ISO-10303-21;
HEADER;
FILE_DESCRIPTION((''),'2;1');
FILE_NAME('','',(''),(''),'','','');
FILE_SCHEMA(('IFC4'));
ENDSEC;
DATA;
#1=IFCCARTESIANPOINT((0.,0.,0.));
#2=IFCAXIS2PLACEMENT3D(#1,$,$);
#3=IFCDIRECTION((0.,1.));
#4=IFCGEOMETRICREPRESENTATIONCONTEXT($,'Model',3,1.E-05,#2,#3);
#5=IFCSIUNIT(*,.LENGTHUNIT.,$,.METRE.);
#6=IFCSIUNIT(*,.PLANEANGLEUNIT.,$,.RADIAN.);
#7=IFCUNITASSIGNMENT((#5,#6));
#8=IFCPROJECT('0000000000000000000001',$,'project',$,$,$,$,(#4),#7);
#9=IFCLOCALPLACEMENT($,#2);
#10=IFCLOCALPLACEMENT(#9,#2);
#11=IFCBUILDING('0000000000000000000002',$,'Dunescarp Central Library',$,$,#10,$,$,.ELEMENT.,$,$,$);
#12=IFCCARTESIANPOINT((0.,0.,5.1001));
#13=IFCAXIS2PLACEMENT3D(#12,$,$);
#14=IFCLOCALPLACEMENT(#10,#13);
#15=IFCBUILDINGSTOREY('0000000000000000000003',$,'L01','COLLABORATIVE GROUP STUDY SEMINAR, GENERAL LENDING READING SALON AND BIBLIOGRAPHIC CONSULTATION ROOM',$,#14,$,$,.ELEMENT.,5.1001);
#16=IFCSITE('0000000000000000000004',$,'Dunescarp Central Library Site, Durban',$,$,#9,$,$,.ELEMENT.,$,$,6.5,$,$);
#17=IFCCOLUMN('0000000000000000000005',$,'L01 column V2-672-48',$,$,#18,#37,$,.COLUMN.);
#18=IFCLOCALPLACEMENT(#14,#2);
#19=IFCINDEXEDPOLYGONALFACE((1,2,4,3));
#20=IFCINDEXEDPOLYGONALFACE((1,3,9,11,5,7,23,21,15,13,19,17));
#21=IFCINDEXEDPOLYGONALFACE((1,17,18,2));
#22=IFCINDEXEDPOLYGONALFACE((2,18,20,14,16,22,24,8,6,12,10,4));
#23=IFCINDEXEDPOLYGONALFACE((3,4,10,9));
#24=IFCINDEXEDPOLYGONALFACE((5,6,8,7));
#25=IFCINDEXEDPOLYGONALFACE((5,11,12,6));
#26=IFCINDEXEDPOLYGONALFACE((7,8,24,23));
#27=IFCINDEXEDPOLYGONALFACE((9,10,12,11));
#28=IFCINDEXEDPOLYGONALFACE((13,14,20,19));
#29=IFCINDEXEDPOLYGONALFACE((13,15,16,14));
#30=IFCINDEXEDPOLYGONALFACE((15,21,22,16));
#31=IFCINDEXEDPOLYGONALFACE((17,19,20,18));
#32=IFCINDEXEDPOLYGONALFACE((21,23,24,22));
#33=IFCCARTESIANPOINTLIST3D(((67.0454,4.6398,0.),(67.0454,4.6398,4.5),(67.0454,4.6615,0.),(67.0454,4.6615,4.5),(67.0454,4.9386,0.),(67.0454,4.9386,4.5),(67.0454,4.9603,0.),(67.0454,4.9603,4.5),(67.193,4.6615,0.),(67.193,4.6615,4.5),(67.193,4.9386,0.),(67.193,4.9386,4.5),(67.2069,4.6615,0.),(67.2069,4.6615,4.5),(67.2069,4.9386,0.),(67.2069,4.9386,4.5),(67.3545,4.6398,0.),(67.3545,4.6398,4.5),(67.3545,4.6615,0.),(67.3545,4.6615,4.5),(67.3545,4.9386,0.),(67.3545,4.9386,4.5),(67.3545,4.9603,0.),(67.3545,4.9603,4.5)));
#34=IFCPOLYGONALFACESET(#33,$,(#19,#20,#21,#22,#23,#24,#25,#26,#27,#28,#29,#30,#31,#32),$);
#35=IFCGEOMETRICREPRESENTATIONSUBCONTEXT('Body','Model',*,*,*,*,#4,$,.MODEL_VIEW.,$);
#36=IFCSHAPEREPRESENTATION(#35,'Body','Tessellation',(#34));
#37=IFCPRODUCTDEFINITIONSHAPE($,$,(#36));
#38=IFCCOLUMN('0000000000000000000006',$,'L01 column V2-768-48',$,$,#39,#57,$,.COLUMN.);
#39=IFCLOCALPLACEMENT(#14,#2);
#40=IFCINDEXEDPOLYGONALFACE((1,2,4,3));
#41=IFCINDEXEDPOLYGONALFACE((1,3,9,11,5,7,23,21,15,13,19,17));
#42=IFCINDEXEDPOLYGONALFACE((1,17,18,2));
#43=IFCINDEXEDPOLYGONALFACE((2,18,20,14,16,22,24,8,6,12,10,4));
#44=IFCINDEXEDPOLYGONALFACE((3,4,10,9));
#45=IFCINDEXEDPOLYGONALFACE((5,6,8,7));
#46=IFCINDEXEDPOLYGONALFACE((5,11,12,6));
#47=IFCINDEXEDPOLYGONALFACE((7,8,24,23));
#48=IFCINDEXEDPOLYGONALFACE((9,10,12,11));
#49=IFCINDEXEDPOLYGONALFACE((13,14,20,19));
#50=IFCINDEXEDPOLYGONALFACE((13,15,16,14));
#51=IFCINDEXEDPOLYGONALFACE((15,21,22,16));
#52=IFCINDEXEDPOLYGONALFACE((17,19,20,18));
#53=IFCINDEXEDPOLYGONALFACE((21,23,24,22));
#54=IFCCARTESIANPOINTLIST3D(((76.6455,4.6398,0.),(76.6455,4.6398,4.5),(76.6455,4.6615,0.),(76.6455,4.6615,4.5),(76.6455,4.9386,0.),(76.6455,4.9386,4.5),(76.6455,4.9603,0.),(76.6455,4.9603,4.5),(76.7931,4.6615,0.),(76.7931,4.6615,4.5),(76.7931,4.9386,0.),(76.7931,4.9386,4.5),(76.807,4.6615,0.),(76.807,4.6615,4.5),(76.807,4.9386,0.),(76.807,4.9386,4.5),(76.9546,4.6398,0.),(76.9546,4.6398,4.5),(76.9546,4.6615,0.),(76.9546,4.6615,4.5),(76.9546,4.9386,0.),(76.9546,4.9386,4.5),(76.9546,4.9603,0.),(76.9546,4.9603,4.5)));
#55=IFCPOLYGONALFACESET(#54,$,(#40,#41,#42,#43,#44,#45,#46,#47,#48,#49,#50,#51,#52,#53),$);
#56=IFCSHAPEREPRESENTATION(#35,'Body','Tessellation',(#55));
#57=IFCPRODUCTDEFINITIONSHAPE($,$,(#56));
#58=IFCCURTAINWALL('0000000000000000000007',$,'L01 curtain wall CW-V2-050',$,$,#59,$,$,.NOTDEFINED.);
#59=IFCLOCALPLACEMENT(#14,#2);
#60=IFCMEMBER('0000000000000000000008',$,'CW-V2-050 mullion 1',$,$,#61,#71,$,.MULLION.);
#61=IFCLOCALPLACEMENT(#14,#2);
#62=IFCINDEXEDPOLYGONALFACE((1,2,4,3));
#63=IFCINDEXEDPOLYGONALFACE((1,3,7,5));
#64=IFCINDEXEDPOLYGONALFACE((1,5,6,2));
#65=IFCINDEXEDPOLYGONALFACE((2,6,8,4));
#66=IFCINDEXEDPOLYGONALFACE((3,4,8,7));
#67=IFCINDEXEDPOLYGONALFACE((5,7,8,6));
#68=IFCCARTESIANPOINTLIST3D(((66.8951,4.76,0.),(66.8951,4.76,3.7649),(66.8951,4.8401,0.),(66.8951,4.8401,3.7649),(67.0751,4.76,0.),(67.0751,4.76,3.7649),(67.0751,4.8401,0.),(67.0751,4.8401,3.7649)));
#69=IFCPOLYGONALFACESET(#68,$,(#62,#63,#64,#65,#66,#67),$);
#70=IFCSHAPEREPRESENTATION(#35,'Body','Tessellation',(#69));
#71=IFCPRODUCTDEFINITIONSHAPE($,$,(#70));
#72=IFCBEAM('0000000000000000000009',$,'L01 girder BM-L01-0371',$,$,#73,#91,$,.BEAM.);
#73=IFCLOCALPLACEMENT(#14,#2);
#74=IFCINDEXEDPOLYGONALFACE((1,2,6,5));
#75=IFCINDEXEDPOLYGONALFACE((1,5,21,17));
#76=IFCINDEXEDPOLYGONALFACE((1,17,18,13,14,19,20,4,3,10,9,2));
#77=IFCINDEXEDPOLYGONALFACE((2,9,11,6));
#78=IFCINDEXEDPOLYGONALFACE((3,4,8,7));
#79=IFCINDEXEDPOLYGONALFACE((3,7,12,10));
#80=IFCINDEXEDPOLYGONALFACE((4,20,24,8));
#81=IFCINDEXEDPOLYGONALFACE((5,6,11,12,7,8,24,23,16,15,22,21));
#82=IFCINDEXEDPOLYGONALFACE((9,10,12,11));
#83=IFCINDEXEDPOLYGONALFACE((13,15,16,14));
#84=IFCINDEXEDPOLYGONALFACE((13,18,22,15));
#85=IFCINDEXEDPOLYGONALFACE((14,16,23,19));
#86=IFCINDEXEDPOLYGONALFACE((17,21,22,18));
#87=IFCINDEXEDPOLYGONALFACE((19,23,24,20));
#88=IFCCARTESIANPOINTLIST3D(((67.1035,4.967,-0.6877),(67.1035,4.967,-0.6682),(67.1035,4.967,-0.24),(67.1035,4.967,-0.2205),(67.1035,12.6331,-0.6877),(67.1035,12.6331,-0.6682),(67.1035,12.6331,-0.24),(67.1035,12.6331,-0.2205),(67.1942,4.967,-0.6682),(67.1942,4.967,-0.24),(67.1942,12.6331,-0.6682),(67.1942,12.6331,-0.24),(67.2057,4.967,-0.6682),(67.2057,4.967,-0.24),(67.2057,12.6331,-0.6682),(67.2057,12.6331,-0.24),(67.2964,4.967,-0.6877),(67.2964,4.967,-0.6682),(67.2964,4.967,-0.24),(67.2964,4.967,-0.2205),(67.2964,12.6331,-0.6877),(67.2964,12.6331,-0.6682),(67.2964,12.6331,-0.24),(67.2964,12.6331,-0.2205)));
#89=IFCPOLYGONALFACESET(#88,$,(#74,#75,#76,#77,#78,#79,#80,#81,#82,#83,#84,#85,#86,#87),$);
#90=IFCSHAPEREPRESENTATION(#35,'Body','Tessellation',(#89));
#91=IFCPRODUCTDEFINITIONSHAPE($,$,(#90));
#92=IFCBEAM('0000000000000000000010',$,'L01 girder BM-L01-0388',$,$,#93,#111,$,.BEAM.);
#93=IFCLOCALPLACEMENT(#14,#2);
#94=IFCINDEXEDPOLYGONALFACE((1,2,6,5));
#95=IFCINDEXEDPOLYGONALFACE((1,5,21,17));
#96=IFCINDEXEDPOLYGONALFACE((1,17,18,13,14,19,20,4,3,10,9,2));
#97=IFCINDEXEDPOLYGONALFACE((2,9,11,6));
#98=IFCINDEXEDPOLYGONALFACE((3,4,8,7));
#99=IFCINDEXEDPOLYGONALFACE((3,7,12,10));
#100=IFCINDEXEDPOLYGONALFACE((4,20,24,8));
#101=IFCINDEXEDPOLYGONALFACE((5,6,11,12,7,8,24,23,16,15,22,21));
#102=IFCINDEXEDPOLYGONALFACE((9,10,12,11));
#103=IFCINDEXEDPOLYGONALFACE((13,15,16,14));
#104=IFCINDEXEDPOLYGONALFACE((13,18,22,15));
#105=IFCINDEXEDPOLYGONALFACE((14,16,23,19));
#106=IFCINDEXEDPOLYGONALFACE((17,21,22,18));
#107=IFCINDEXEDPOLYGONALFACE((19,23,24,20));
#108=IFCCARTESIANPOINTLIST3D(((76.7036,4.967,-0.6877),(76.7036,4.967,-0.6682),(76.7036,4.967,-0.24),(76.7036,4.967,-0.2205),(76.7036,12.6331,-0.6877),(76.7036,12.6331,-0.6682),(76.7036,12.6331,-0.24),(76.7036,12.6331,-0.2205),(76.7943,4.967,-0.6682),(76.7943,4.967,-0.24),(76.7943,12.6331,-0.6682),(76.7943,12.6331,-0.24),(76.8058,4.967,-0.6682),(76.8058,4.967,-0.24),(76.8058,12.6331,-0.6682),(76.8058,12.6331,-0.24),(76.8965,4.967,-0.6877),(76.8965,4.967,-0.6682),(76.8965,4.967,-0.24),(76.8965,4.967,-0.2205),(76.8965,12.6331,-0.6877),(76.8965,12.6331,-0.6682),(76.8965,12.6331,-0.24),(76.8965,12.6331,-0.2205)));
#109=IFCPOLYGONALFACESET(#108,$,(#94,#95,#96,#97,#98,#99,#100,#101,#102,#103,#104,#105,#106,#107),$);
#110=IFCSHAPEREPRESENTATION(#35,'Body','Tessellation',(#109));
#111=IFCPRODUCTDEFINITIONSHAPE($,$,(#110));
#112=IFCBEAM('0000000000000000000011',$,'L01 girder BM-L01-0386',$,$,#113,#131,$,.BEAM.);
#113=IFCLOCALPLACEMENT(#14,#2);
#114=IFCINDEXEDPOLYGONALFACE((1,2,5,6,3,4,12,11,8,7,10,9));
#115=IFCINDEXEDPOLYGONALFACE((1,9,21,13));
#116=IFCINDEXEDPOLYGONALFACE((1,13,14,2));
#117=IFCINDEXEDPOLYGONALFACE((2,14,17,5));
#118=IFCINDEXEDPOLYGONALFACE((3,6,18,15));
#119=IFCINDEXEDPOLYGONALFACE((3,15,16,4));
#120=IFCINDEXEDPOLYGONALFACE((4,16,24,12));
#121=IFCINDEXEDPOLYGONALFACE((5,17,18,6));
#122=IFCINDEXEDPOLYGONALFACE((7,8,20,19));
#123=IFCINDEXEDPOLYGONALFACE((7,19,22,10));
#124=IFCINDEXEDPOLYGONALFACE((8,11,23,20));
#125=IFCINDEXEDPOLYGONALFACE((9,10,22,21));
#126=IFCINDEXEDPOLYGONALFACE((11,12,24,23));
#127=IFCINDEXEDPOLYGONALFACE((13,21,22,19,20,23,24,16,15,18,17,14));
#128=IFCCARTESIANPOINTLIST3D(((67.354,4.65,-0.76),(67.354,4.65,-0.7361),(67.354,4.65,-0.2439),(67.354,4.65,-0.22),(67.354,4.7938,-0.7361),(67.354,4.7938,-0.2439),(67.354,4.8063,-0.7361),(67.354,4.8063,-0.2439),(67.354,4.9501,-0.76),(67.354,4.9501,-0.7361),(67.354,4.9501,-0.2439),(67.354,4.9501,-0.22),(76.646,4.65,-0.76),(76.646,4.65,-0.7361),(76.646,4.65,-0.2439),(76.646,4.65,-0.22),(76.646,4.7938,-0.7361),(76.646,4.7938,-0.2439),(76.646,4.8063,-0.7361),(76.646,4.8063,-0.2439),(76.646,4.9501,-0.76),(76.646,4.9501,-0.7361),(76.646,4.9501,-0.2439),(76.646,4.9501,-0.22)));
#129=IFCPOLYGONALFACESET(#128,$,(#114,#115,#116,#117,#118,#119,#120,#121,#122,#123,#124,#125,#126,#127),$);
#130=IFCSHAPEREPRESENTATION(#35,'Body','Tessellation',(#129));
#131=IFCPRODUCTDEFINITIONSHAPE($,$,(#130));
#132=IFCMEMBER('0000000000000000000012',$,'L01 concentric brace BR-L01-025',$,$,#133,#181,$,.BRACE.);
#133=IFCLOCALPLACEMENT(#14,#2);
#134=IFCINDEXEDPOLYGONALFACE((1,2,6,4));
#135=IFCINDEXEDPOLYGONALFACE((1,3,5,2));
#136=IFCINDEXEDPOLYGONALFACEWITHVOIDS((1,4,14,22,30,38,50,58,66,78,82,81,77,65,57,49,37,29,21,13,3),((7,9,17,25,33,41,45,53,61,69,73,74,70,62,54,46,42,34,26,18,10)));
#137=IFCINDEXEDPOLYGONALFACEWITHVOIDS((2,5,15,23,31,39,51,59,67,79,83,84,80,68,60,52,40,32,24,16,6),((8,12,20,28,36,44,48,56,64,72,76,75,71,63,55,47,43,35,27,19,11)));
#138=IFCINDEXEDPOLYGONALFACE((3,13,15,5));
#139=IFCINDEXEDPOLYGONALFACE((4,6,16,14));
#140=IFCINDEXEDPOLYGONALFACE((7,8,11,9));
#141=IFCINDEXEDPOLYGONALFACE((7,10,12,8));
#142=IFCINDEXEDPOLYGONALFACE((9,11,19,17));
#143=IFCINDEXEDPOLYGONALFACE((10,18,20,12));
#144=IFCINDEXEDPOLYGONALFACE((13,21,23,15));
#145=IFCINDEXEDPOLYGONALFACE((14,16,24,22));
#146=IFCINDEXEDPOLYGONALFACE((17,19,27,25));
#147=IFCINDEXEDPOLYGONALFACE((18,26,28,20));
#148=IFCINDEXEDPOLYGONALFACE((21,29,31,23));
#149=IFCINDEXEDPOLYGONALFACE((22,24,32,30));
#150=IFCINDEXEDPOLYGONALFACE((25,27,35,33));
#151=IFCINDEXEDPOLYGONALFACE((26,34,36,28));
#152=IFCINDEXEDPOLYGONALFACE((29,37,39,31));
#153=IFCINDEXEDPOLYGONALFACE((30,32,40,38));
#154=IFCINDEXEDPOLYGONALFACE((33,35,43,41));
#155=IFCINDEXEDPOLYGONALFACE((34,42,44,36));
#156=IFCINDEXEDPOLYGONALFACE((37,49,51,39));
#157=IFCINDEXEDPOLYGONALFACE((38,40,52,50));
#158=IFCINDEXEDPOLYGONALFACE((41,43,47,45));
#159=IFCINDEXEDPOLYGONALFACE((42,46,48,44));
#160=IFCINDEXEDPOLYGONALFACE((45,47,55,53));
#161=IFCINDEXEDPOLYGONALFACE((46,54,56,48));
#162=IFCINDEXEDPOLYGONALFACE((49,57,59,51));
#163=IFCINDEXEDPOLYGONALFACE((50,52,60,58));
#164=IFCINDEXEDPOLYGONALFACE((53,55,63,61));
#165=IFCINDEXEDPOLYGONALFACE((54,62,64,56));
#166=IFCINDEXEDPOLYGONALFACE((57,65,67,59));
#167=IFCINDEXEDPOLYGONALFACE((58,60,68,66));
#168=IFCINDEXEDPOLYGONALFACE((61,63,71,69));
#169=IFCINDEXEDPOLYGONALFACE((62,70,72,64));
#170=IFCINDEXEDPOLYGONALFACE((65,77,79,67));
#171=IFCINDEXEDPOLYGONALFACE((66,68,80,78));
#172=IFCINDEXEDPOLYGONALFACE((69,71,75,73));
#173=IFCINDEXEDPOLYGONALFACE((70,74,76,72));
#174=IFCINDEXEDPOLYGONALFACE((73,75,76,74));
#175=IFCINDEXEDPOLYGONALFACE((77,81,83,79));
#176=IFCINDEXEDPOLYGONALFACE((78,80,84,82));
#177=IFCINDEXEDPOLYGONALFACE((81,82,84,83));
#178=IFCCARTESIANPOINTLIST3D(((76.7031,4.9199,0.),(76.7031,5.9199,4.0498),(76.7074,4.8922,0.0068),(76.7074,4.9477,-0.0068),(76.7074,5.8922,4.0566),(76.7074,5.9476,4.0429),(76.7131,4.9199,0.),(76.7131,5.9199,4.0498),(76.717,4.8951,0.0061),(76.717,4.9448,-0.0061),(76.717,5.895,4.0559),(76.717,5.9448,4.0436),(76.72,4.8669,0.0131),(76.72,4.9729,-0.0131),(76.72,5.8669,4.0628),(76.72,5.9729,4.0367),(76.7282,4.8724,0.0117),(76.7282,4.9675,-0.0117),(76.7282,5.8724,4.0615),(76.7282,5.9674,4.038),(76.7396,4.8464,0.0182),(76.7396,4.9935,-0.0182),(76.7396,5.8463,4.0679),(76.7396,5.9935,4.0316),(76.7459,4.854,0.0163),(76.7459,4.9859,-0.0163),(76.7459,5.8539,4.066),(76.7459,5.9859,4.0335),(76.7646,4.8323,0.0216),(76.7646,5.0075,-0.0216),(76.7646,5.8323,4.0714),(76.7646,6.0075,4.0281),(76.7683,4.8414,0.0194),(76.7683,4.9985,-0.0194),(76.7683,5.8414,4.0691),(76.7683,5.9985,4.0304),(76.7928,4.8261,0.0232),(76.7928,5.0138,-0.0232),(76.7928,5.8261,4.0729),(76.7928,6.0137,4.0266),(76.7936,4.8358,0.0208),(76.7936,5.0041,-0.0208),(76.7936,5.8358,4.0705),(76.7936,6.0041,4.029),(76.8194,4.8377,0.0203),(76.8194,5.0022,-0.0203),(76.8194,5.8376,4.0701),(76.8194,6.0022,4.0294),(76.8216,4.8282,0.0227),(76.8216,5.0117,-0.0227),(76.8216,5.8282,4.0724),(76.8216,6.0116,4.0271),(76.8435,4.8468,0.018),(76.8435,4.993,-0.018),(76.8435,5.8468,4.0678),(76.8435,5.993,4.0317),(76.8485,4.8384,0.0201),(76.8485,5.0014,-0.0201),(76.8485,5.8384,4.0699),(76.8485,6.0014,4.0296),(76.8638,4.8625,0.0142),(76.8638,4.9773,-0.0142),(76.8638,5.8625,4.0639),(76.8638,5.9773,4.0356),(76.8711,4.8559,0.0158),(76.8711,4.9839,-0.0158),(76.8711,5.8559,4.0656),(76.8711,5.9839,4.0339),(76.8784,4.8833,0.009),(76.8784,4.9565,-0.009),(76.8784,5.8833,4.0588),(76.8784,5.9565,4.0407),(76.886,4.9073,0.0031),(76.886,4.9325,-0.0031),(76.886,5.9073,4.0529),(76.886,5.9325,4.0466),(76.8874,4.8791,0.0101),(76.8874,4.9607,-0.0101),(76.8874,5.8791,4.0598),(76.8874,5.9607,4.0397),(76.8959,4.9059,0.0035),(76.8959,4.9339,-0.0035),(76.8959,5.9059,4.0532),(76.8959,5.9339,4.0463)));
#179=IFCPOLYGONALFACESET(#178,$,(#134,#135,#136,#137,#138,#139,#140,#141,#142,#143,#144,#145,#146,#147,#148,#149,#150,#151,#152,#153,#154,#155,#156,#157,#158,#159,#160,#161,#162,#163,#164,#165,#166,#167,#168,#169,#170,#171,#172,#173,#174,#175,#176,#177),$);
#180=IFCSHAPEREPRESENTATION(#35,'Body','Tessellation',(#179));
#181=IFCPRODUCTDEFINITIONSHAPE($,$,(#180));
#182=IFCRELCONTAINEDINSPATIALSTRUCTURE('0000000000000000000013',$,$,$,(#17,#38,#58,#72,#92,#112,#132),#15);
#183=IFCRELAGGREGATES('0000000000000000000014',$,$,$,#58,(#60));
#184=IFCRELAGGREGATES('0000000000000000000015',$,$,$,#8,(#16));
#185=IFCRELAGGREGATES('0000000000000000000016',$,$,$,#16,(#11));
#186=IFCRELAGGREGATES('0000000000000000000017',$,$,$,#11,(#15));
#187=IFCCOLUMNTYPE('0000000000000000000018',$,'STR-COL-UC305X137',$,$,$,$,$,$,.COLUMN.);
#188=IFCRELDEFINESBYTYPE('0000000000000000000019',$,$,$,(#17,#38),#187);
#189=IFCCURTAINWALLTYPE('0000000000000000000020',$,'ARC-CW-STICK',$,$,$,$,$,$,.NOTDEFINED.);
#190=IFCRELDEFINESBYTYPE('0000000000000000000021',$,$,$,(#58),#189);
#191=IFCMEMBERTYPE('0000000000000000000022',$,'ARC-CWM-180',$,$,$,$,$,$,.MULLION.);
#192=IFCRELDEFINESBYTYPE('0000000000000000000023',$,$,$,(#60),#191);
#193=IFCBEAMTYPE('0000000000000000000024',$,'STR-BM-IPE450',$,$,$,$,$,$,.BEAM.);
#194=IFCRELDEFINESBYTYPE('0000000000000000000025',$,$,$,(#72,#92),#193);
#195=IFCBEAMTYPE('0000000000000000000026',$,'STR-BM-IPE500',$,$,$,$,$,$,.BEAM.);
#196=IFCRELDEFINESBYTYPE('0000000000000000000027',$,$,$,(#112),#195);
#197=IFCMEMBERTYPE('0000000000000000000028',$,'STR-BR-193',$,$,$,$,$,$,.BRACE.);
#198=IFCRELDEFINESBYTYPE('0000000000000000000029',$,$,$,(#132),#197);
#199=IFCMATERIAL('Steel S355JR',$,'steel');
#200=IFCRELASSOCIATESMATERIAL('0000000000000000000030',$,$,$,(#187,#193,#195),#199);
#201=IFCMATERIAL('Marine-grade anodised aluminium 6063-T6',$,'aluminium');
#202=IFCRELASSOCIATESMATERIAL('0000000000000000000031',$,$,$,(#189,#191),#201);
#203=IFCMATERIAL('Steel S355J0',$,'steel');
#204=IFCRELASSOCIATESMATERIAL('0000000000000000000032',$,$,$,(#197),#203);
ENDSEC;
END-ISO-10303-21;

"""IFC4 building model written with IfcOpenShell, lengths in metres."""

from ifc_helpers import new_model, si_unit, direction, frame, origin, origin_2d, place, context, subcontext, project, spatial, rectangle, hollow_circle, i_section, extrude, material, material_profile, profile_set, type_object, element, aggregate, save


model = new_model("IFC4")

# Units and contexts
model_context = context("Model", 3, precision=1e-05, world=origin(), true_north=direction((0.0, 1.0)))
body_context = subcontext(model_context, "Body", "Model", "MODEL_VIEW")
ifc_project = project(units=[si_unit("LENGTHUNIT", "METRE"), si_unit("PLANEANGLEUNIT", "RADIAN")], contexts=[model_context])

# Site, building, storey
site_placement = place(None, origin())
site = spatial("IfcSite", under=ifc_project, at=site_placement, Name="Dunescarp Central Library Site, Durban", CompositionType="ELEMENT", RefElevation=6.5)
building_placement = place(site_placement, origin())
building = spatial("IfcBuilding", under=site, at=building_placement, Name="Dunescarp Central Library", CompositionType="ELEMENT")
storey_placement = place(building_placement, frame((0.0, 0.0, 5.1001)))
storey = spatial("IfcBuildingStorey", under=building, at=storey_placement, Name="L01", Description="COLLABORATIVE GROUP STUDY SEMINAR, GENERAL LENDING READING SALON AND BIBLIOGRAPHIC CONSULTATION ROOM", CompositionType="ELEMENT", Elevation=5.1001)

# Columns
ifc_material_1 = material(Name="Steel S355JR", Category="steel")
ifc_material_profile_1 = material_profile(ifc_material_1, i_section(OverallWidth=0.3091, OverallDepth=0.3206, WebThickness=0.0139, FlangeThickness=0.0217, at=origin_2d()), Name="UC 305x305x137")
ifc_profile_set_1 = profile_set([ifc_material_profile_1], Name="Steel S355JR")
column_type = type_object("IfcColumnType", Name="STR-COL-UC305X137", PredefinedType="COLUMN", material=ifc_profile_set_1)
for number, where, z_axis, x_axis, name in (
    (1, (67.2, 4.8, 0.0), (0.0, 0.0, 1.0), (1.0, 0.0, 0.0), "L01 column V2-672-48"),
    (2, (76.8, 4.8, 0.0), (0.0, 0.0, 1.0), (1.0, 0.0, 0.0), "L01 column V2-768-48"),
):
    element("IfcColumn", number, at=place(storey_placement, frame(where, z_axis=z_axis, x_axis=x_axis)), inside=storey, type_object=column_type, Name=name, PredefinedType="COLUMN", context=body_context, shape_type="SweptSolid", body=[
        extrude(i_section(OverallWidth=0.3091, OverallDepth=0.3206, WebThickness=0.0139, FlangeThickness=0.0217, at=origin_2d()), origin(), (0.0, 0.0, 1.0), 4.5),
    ])

# Curtain wall, member
ifc_material_2 = material(Name="Marine-grade anodised aluminium 6063-T6", Category="aluminium")
curtain_wall_type = type_object("IfcCurtainWallType", Name="ARC-CW-STICK", PredefinedType="NOTDEFINED", material=ifc_material_2)
curtain_wall_placement = place(storey_placement, origin())
curtain_wall = element("IfcCurtainWall", 3, at=curtain_wall_placement, inside=storey, type_object=curtain_wall_type, Name="L01 curtain wall CW-V2-050", PredefinedType="NOTDEFINED")
ifc_material_profile_2 = material_profile(ifc_material_2, rectangle(XDim=0.0801, YDim=0.1799, at=origin_2d()), Name="AL 80x180")
ifc_profile_set_2 = profile_set([ifc_material_profile_2], Name="Marine-grade anodised aluminium 6063-T6")
member_type_1 = type_object("IfcMemberType", Name="ARC-CWM-180", PredefinedType="MULLION", material=ifc_profile_set_2)
member_placement = place(storey_placement, frame((66.9851, 4.8, 0.0), z_axis=(0.0, 0.0, 1.0), x_axis=(0.0, -1.0, 0.0)))
member = element("IfcMember", 4, at=member_placement, type_object=member_type_1, Name="CW-V2-050 mullion 1", PredefinedType="MULLION", context=body_context, shape_type="SweptSolid", body=[
    extrude(rectangle(XDim=0.0801, YDim=0.1799, at=origin_2d()), origin(), (0.0, 0.0, 1.0), 3.7649),
])
aggregate(curtain_wall, [member])

# Beams
ifc_material_profile_3 = material_profile(ifc_material_1, i_section(OverallWidth=0.1929, OverallDepth=0.4673, WebThickness=0.0115, FlangeThickness=0.0195, at=origin_2d()), Name="UB 457x191x98")
ifc_profile_set_3 = profile_set([ifc_material_profile_3], Name="Steel S355JR")
beam_type_1 = type_object("IfcBeamType", Name="STR-BM-IPE450", PredefinedType="BEAM", material=ifc_profile_set_3)
for number, where, z_axis, x_axis, name in (
    (5, (67.2, 4.967, -0.4541), (0.0, 1.0, 0.0), (-1.0, 0.0, 0.0), "L01 girder BM-L01-0371"),
    (6, (76.8, 4.967, -0.4541), (0.0, 1.0, 0.0), (-1.0, 0.0, 0.0), "L01 girder BM-L01-0388"),
):
    element("IfcBeam", number, at=place(storey_placement, frame(where, z_axis=z_axis, x_axis=x_axis)), inside=storey, type_object=beam_type_1, Name=name, PredefinedType="BEAM", context=body_context, shape_type="SweptSolid", body=[
        extrude(i_section(OverallWidth=0.1929, OverallDepth=0.4673, WebThickness=0.0115, FlangeThickness=0.0195, at=origin_2d()), origin(), (0.0, 0.0, 1.0), 7.666),
    ])
ifc_material_profile_4 = material_profile(ifc_material_1, i_section(OverallWidth=0.3, OverallDepth=0.54, WebThickness=0.0125, FlangeThickness=0.0239, at=origin_2d()), Name="HEA 550")
ifc_profile_set_4 = profile_set([ifc_material_profile_4], Name="Steel S355JR")
beam_type_2 = type_object("IfcBeamType", Name="STR-BM-IPE500", PredefinedType="BEAM", material=ifc_profile_set_4)
beam_1_placement = place(storey_placement, frame((67.354, 4.8, -0.49), z_axis=(1.0, 0.0, 0.0), x_axis=(0.0, 1.0, 0.0)))
element("IfcBeam", 7, at=beam_1_placement, inside=storey, type_object=beam_type_2, Name="L01 girder BM-L01-0386", PredefinedType="BEAM", context=body_context, shape_type="SweptSolid", body=[
    extrude(i_section(OverallWidth=0.3, OverallDepth=0.54, WebThickness=0.0125, FlangeThickness=0.0239, at=origin_2d()), origin(), (0.0, 0.0, 1.0), 9.292),
])

# Member
ifc_material_3 = material(Name="Steel S355J0", Category="steel")
ifc_material_profile_5 = material_profile(ifc_material_3, hollow_circle(Radius=0.0969, WallThickness=0.01, at=origin_2d()), Name="CHS 193.7x10")
ifc_profile_set_5 = profile_set([ifc_material_profile_5], Name="Steel S355J0")
member_type_2 = type_object("IfcMemberType", Name="STR-BR-193", PredefinedType="BRACE", material=ifc_profile_set_5)
for number, where, z_axis, x_axis, name in (
    (8, (76.8, 4.9199, 0.0), (0.0, 0.239725, 0.970841), (-1.0, 0.0, 0.0), "L01 concentric brace BR-L01-025"),
):
    element("IfcMember", number, at=place(storey_placement, frame(where, z_axis=z_axis, x_axis=x_axis)), inside=storey, type_object=member_type_2, Name=name, PredefinedType="BRACE", context=body_context, shape_type="SweptSolid", body=[
        extrude(hollow_circle(Radius=0.0969, WallThickness=0.01, at=origin_2d()), origin(), (0.0, 0.0, 1.0), 4.1714),
    ])

save(model, "model.ifc")
